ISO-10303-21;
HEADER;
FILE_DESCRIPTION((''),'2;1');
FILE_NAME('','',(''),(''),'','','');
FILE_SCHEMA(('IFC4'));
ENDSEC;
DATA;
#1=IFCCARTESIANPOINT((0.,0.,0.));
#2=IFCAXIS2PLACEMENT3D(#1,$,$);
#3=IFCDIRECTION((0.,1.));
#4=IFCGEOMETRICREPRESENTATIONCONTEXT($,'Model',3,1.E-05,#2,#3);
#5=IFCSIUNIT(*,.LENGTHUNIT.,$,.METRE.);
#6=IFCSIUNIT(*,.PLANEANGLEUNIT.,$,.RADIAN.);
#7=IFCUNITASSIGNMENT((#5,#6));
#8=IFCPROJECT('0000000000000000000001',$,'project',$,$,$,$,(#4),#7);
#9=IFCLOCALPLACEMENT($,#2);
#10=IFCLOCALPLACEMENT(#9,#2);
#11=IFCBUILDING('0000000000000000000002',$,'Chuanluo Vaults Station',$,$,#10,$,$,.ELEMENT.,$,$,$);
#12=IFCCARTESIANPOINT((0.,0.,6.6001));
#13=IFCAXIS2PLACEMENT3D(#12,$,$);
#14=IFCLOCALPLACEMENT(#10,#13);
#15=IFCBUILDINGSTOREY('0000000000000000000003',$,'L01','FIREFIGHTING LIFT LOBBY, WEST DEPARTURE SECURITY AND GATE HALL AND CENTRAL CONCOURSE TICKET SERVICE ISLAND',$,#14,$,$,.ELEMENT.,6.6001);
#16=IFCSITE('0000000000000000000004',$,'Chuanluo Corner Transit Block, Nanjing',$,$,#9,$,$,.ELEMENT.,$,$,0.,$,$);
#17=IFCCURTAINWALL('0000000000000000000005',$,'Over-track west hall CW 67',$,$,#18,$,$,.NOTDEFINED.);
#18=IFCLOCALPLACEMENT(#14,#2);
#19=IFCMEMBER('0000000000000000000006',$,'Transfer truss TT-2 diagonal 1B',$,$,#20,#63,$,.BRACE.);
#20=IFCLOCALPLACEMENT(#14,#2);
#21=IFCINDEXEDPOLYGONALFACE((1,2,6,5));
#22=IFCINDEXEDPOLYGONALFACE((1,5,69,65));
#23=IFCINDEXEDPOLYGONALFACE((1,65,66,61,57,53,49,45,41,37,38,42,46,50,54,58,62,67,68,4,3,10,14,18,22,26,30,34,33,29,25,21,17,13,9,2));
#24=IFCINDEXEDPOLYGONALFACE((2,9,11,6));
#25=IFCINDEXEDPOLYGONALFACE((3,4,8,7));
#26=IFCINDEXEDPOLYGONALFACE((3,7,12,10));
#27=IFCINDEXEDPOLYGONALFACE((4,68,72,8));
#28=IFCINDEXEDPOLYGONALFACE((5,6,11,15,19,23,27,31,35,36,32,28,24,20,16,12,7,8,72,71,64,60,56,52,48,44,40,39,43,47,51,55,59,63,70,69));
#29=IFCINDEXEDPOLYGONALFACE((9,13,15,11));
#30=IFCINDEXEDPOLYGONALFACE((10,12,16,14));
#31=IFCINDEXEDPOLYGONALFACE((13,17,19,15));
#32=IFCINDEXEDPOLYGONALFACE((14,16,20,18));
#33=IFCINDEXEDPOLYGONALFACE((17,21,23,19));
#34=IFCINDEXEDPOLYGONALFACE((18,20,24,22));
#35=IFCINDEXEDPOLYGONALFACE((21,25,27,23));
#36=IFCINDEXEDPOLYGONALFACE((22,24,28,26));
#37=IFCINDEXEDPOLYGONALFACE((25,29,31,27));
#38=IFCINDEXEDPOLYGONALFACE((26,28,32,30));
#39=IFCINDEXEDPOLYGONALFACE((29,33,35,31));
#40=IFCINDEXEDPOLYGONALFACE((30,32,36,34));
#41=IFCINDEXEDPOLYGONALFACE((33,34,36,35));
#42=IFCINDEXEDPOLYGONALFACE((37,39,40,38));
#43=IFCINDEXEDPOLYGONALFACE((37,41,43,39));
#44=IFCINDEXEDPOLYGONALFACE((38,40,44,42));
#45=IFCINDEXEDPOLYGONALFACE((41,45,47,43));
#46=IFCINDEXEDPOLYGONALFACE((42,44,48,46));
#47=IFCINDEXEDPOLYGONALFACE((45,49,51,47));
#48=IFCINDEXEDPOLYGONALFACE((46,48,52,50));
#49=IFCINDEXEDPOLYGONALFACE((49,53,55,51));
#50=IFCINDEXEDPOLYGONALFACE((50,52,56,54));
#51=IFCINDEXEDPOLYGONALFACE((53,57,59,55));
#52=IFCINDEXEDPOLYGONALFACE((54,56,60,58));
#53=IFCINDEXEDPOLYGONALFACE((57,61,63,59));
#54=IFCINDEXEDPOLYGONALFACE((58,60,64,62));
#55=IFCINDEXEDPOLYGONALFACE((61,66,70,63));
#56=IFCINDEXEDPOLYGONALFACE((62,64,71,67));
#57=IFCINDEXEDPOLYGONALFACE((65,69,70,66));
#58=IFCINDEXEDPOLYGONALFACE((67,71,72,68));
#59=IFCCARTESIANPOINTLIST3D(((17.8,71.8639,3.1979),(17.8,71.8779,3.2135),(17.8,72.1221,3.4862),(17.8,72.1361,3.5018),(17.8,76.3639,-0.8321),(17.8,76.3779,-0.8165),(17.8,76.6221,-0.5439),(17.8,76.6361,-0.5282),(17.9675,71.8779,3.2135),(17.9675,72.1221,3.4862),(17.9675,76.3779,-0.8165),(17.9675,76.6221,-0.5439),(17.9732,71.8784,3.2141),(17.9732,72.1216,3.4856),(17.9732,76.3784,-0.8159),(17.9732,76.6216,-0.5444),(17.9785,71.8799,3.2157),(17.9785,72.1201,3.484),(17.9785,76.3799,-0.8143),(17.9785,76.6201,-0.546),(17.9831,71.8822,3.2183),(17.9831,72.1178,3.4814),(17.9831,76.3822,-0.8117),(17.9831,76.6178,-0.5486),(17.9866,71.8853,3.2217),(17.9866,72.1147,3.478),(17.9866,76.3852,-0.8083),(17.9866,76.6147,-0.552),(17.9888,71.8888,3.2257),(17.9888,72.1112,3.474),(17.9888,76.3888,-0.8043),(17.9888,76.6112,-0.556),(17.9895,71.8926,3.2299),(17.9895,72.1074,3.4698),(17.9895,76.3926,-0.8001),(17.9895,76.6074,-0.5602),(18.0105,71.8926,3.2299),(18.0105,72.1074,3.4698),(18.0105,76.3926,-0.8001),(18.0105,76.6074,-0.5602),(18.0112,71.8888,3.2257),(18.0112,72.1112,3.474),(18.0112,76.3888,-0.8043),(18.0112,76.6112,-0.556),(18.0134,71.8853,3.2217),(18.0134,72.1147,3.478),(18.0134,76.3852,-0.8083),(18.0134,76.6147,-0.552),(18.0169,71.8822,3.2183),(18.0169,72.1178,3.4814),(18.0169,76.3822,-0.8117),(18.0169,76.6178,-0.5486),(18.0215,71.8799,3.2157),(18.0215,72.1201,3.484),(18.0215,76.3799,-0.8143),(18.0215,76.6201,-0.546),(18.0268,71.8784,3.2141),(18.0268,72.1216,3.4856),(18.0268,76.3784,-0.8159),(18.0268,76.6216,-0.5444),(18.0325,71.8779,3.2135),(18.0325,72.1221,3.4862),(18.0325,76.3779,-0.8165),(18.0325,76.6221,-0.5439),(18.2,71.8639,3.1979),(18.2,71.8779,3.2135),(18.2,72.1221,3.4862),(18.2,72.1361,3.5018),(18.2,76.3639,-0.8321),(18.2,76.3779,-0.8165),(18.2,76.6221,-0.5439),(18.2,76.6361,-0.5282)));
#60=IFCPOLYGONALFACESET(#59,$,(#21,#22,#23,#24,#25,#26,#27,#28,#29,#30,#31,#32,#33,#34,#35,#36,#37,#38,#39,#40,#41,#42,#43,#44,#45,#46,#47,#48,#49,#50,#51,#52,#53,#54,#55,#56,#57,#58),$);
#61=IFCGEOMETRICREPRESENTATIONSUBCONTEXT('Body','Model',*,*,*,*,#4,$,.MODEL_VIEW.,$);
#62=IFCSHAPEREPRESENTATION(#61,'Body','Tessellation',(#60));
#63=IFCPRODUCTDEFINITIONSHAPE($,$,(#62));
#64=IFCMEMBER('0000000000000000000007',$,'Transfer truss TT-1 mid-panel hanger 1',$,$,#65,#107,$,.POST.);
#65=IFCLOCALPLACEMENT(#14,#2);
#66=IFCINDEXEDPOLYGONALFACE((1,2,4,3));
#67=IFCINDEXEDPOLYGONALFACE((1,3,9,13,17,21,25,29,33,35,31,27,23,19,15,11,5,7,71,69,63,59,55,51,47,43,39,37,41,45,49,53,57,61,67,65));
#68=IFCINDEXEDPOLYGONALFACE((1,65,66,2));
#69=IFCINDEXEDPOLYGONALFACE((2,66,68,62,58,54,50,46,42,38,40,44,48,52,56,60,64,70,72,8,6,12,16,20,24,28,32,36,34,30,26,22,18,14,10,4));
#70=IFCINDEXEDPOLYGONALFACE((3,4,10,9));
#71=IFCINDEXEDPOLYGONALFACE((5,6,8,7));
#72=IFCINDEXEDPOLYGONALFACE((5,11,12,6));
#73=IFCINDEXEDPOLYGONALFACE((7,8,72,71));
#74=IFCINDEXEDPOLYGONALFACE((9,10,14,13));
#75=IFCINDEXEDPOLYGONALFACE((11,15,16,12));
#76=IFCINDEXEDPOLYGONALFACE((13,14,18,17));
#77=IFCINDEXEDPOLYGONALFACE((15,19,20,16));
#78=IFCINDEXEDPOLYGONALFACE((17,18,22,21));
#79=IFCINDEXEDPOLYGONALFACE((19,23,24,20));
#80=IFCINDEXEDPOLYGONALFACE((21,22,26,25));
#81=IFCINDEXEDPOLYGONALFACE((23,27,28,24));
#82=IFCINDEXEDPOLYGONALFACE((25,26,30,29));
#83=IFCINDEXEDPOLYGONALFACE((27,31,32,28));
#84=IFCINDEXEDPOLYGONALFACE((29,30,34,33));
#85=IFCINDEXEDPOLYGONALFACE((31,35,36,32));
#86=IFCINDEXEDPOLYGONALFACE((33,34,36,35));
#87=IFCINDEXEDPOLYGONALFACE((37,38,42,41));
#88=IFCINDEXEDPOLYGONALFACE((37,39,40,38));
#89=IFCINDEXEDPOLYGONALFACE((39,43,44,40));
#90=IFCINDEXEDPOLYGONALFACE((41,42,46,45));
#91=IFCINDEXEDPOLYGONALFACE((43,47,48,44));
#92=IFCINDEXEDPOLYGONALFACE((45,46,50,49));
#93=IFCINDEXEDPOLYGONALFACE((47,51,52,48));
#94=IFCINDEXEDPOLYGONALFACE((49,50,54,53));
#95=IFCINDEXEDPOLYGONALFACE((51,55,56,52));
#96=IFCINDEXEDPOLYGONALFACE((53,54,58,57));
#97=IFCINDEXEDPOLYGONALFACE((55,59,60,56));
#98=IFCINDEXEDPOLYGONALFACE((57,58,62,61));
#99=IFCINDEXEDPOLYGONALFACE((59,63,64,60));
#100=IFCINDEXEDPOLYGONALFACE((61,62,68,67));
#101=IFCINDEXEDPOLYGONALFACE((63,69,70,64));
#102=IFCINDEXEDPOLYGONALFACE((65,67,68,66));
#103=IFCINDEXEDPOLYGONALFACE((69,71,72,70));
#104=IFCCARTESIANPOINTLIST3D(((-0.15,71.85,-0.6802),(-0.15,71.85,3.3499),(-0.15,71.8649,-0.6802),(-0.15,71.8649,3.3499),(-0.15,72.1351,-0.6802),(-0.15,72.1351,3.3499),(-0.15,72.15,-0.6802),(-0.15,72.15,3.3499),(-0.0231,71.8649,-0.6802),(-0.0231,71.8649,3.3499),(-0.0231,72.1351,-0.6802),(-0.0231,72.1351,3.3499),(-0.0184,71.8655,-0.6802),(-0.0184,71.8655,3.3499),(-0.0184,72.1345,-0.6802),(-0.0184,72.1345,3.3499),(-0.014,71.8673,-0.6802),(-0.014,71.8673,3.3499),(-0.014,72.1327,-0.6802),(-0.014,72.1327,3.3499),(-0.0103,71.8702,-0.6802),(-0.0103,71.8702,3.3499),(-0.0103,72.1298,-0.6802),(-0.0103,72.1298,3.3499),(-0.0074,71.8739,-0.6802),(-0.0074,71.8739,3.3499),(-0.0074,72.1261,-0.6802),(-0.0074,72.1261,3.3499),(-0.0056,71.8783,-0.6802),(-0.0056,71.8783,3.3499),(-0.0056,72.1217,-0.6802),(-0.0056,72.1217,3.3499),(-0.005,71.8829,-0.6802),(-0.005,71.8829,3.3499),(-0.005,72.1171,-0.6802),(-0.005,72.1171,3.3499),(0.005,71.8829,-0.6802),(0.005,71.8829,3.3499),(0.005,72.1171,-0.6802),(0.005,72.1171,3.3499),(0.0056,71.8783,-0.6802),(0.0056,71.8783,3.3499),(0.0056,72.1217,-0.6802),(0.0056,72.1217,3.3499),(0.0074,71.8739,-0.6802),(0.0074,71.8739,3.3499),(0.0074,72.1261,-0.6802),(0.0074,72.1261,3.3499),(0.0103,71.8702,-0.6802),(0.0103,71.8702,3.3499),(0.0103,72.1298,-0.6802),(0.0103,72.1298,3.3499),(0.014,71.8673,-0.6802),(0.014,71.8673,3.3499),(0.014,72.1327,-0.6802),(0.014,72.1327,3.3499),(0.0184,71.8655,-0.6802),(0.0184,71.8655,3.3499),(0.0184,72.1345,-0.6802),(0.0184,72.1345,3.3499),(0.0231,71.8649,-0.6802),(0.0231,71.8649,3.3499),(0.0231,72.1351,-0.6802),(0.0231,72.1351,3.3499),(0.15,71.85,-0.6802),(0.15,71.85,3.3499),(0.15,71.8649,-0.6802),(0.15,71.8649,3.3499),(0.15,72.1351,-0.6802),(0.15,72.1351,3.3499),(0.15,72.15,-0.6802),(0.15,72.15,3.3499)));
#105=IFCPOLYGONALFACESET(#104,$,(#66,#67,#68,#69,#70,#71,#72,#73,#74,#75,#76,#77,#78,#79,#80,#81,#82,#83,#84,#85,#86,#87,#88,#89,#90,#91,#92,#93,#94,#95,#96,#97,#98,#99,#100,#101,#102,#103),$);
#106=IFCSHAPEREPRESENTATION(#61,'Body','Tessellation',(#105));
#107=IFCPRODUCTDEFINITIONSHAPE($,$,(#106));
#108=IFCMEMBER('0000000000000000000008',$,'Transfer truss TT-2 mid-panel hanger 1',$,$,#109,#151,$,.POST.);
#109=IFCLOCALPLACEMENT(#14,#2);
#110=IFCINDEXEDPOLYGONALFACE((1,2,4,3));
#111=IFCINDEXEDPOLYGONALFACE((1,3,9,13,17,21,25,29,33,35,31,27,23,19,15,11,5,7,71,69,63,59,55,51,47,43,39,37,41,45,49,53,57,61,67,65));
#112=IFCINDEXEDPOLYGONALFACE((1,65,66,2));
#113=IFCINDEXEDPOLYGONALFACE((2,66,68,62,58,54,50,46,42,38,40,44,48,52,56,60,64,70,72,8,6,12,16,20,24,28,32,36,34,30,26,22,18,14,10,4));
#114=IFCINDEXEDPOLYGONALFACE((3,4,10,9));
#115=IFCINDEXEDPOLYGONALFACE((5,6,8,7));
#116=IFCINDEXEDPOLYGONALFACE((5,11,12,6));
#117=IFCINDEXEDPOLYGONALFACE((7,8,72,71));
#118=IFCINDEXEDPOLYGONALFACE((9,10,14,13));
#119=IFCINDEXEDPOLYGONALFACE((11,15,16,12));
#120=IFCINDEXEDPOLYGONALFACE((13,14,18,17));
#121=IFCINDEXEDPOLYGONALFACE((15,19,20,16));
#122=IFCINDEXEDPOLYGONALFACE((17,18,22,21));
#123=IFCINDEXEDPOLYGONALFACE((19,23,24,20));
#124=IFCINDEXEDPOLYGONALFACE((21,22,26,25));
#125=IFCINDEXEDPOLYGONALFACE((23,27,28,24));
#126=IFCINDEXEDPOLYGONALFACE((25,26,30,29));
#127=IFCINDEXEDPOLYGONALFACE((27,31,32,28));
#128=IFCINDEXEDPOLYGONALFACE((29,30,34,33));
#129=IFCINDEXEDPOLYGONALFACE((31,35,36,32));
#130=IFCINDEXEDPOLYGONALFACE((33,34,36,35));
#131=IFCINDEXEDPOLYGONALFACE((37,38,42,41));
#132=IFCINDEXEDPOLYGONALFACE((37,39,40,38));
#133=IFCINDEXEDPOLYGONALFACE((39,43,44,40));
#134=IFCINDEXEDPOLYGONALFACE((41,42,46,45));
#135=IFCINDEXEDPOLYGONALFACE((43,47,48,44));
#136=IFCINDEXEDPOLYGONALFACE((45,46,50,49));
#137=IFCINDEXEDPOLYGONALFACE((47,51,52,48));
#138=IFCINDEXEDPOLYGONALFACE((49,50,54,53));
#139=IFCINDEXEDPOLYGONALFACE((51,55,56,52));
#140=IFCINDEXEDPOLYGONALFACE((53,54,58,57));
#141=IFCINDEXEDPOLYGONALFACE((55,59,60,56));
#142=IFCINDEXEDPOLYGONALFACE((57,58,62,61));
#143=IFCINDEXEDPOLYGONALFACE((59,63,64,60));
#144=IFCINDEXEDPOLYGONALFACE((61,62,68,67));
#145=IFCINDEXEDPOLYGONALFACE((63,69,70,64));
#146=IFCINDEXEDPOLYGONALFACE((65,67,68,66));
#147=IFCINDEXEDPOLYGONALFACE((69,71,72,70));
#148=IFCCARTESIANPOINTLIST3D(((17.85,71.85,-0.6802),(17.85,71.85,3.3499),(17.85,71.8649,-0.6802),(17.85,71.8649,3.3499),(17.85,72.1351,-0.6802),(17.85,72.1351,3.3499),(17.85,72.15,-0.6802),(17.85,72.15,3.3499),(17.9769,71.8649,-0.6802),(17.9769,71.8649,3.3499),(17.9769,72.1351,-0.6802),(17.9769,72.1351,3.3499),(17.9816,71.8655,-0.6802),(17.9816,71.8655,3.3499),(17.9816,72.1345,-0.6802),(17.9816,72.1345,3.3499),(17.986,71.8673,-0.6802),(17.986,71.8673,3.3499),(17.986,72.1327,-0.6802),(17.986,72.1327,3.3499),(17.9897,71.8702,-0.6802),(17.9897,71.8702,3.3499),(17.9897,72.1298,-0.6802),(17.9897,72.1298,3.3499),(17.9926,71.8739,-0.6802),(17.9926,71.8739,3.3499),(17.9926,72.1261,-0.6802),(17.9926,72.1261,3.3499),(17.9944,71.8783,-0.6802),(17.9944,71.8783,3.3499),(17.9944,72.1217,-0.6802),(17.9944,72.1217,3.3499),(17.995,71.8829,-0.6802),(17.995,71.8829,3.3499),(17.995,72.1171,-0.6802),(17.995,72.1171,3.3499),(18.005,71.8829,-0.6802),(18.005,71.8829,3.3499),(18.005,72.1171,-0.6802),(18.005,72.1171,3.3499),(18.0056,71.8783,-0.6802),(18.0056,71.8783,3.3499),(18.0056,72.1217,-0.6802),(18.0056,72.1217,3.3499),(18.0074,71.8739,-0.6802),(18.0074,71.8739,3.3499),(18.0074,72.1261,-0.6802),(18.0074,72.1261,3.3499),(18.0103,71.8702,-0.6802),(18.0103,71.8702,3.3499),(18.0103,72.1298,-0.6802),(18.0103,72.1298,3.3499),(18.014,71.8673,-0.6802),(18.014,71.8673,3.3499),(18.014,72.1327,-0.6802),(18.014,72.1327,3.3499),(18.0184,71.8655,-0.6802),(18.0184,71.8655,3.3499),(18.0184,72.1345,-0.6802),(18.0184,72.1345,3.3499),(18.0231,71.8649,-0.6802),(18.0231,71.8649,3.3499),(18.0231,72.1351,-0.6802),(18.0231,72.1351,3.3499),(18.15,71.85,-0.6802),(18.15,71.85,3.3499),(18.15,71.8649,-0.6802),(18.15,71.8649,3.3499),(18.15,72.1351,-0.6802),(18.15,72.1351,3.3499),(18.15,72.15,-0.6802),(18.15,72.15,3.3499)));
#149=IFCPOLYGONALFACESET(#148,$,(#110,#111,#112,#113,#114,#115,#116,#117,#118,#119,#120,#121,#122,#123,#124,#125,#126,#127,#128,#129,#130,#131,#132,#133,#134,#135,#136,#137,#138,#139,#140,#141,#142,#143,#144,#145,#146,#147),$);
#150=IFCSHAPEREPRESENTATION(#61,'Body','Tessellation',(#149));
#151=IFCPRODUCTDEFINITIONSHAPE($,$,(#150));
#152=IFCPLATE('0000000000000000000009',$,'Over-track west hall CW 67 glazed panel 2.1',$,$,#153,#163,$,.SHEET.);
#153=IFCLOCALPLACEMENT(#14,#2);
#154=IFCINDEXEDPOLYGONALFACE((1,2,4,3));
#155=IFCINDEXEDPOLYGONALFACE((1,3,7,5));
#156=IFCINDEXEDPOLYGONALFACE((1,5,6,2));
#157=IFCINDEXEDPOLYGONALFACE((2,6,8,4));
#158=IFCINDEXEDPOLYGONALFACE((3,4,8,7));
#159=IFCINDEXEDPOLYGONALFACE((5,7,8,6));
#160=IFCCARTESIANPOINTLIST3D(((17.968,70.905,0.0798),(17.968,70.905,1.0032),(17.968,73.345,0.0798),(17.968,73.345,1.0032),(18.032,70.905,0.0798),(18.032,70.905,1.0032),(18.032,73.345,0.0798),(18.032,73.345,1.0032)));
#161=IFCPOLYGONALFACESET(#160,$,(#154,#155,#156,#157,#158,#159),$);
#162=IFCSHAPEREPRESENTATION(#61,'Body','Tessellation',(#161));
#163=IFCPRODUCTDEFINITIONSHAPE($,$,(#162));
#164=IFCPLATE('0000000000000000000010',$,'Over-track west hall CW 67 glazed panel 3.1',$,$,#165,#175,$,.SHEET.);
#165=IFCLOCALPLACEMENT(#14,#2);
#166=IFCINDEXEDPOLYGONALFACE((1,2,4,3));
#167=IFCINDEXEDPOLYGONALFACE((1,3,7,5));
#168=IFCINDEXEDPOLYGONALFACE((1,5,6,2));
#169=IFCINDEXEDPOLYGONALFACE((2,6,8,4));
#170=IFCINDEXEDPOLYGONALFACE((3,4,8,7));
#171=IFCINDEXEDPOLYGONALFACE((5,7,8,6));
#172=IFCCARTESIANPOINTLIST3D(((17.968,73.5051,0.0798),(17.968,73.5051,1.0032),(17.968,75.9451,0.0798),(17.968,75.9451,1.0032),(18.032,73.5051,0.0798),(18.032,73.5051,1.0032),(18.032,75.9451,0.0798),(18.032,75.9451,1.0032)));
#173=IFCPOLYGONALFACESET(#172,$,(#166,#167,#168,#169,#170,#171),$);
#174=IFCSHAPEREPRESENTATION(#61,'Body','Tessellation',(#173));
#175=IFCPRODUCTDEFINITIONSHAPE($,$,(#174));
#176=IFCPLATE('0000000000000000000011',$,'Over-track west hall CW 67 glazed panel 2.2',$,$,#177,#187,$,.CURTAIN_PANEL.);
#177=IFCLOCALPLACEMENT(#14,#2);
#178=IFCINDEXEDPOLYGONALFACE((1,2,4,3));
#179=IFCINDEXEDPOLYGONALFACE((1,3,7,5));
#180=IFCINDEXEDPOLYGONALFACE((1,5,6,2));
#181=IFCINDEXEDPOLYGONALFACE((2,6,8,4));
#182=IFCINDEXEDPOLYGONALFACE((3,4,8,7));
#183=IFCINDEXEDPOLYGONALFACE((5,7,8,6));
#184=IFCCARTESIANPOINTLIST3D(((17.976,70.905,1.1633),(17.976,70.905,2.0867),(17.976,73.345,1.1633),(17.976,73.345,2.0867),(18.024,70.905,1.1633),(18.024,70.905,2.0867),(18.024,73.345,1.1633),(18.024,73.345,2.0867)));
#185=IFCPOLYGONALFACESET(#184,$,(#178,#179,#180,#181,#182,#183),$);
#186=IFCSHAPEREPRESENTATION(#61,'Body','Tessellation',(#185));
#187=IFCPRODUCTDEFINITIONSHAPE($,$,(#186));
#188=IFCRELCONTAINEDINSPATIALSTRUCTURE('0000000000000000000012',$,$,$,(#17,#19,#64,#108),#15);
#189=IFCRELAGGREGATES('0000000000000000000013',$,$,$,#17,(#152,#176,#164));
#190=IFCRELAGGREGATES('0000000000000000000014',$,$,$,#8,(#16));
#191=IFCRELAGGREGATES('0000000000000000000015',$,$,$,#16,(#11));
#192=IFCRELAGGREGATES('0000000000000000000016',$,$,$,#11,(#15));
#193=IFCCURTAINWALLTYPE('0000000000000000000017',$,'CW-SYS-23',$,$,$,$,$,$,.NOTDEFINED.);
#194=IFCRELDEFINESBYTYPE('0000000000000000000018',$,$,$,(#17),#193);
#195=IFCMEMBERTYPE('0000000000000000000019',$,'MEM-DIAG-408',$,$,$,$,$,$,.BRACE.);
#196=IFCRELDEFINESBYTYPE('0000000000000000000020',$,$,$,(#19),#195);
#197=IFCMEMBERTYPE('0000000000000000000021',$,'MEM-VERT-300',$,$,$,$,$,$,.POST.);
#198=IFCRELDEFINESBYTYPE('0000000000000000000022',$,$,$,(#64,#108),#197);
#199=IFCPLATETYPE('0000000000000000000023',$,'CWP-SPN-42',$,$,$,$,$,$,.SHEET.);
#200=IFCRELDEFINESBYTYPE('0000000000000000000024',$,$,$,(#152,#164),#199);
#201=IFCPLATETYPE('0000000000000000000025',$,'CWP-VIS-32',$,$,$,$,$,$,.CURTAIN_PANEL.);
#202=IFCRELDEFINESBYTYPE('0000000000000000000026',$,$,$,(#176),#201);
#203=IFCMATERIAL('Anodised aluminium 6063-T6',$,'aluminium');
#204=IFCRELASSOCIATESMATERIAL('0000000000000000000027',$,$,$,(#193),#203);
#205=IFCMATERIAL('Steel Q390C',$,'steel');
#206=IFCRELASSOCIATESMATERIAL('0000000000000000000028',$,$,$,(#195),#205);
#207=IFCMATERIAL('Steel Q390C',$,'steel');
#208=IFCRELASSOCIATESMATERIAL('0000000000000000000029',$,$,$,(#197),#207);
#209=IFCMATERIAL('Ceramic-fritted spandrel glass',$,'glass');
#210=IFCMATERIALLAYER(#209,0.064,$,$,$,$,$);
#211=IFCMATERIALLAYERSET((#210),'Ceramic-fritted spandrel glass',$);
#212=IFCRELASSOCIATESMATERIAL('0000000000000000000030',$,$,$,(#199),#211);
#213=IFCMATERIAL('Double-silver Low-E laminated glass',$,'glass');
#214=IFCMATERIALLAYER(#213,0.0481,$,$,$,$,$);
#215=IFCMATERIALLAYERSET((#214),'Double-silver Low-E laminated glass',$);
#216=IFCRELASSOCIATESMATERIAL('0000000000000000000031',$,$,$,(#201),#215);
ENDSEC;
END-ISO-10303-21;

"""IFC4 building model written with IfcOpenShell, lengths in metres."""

from ifc_helpers import new_model, si_unit, direction, frame, origin, origin_2d, place, context, subcontext, project, spatial, rectangle, i_section, extrude, material, layer, layer_set, material_profile, profile_set, type_object, element, aggregate, save


model = new_model("IFC4")

# Units and contexts
model_context = context("Model", 3, precision=1e-05, world=origin(), true_north=direction((0.0, 1.0)))
body_context = subcontext(model_context, "Body", "Model", "MODEL_VIEW")
ifc_project = project(units=[si_unit("LENGTHUNIT", "METRE"), si_unit("PLANEANGLEUNIT", "RADIAN")], contexts=[model_context])

# Site, building, storey
site_placement = place(None, origin())
site = spatial("IfcSite", under=ifc_project, at=site_placement, Name="Chuanluo Corner Transit Block, Nanjing", CompositionType="ELEMENT", RefElevation=0.0)
building_placement = place(site_placement, origin())
building = spatial("IfcBuilding", under=site, at=building_placement, Name="Chuanluo Vaults Station", CompositionType="ELEMENT")
storey_placement = place(building_placement, frame((0.0, 0.0, 6.6001)))
storey = spatial("IfcBuildingStorey", under=building, at=storey_placement, Name="L01", Description="FIREFIGHTING LIFT LOBBY, WEST DEPARTURE SECURITY AND GATE HALL AND CENTRAL CONCOURSE TICKET SERVICE ISLAND", CompositionType="ELEMENT", Elevation=6.6001)

# Curtain wall
ifc_material_1 = material(Name="Anodised aluminium 6063-T6", Category="aluminium")
curtain_wall_type = type_object("IfcCurtainWallType", Name="CW-SYS-23", PredefinedType="NOTDEFINED", material=ifc_material_1)
curtain_wall_placement = place(storey_placement, origin())
curtain_wall = element("IfcCurtainWall", 1, at=curtain_wall_placement, inside=storey, type_object=curtain_wall_type, Name="Over-track west hall CW 67", PredefinedType="NOTDEFINED")

# Members
ifc_material_2 = material(Name="Steel Q390C", Category="steel")
ifc_material_profile_1 = material_profile(ifc_material_2, i_section(OverallWidth=0.3999, OverallDepth=0.408, WebThickness=0.021, FlangeThickness=0.021, FilletRadius=0.022, at=origin_2d()))
ifc_profile_set_1 = profile_set([ifc_material_profile_1], Name="Steel Q390C")
member_type_1 = type_object("IfcMemberType", Name="MEM-DIAG-408", PredefinedType="BRACE", material=ifc_profile_set_1)
for number, where, z_axis, x_axis, name in (
    (2, (18.0, 72.0, 3.3499), (0.0, 0.744936, -0.667136), (-1.0, 0.0, 0.0), "Transfer truss TT-2 diagonal 1B"),
):
    element("IfcMember", number, at=place(storey_placement, frame(where, z_axis=z_axis, x_axis=x_axis)), inside=storey, type_object=member_type_1, Name=name, PredefinedType="BRACE", context=body_context, shape_type="SweptSolid", body=[
        extrude(i_section(OverallWidth=0.3999, OverallDepth=0.408, WebThickness=0.021, FlangeThickness=0.021, FilletRadius=0.022, at=origin_2d()), origin(), (0.0, 0.0, 1.0), 6.0408),
    ])
ifc_material_3 = material(Name="Steel Q390C", Category="steel")
ifc_material_profile_2 = material_profile(ifc_material_3, i_section(OverallWidth=0.3, OverallDepth=0.3, WebThickness=0.01, FlangeThickness=0.0149, FilletRadius=0.0181, at=origin_2d()))
ifc_profile_set_2 = profile_set([ifc_material_profile_2], Name="Steel Q390C")
member_type_2 = type_object("IfcMemberType", Name="MEM-VERT-300", PredefinedType="POST", material=ifc_profile_set_2)
for number, where, z_axis, x_axis, name in (
    (3, (0.0, 72.0, -0.6802), (0.0, 0.0, 1.0), (1.0, 0.0, 0.0), "Transfer truss TT-1 mid-panel hanger 1"),
    (4, (18.0, 72.0, -0.6802), (0.0, 0.0, 1.0), (1.0, 0.0, 0.0), "Transfer truss TT-2 mid-panel hanger 1"),
):
    element("IfcMember", number, at=place(storey_placement, frame(where, z_axis=z_axis, x_axis=x_axis)), inside=storey, type_object=member_type_2, Name=name, PredefinedType="POST", context=body_context, shape_type="SweptSolid", body=[
        extrude(i_section(OverallWidth=0.3, OverallDepth=0.3, WebThickness=0.01, FlangeThickness=0.0149, FilletRadius=0.0181, at=origin_2d()), origin(), (0.0, 0.0, 1.0), 4.03),
    ])

# Plates
ifc_material_4 = material(Name="Ceramic-fritted spandrel glass", Category="glass")
ifc_layer_1 = layer(ifc_material_4, 0.064)
ifc_layer_set_1 = layer_set([ifc_layer_1], Name="Ceramic-fritted spandrel glass")
plate_type_1 = type_object("IfcPlateType", Name="CWP-SPN-42", PredefinedType="SHEET", material=ifc_layer_set_1)
plate_1_placement = place(storey_placement, frame((18.0, 72.125, 0.0798), z_axis=(0.0, 0.0, 1.0), x_axis=(0.0, 1.0, 0.0)))
plate_1 = element("IfcPlate", 5, at=plate_1_placement, type_object=plate_type_1, Name="Over-track west hall CW 67 glazed panel 2.1", PredefinedType="SHEET", context=body_context, shape_type="SweptSolid", body=[
    extrude(rectangle(XDim=2.4399, YDim=0.064, at=origin_2d()), origin(), (0.0, 0.0, 1.0), 0.9233),
])
plate_2_placement = place(storey_placement, frame((18.0, 74.7251, 0.0798), z_axis=(0.0, 0.0, 1.0), x_axis=(0.0, 1.0, 0.0)))
plate_2 = element("IfcPlate", 6, at=plate_2_placement, type_object=plate_type_1, Name="Over-track west hall CW 67 glazed panel 3.1", PredefinedType="SHEET", context=body_context, shape_type="SweptSolid", body=[
    extrude(rectangle(XDim=2.4399, YDim=0.064, at=origin_2d()), origin(), (0.0, 0.0, 1.0), 0.9233),
])
ifc_material_5 = material(Name="Double-silver Low-E laminated glass", Category="glass")
ifc_layer_2 = layer(ifc_material_5, 0.0481)
ifc_layer_set_2 = layer_set([ifc_layer_2], Name="Double-silver Low-E laminated glass")
plate_type_2 = type_object("IfcPlateType", Name="CWP-VIS-32", PredefinedType="CURTAIN_PANEL", material=ifc_layer_set_2)
plate_3_placement = place(storey_placement, frame((18.0, 72.125, 1.1633), z_axis=(0.0, 0.0, 1.0), x_axis=(0.0, 1.0, 0.0)))
plate_3 = element("IfcPlate", 7, at=plate_3_placement, type_object=plate_type_2, Name="Over-track west hall CW 67 glazed panel 2.2", PredefinedType="CURTAIN_PANEL", context=body_context, shape_type="SweptSolid", body=[
    extrude(rectangle(XDim=2.4399, YDim=0.0481, at=origin_2d()), origin(), (0.0, 0.0, 1.0), 0.9233),
])
aggregate(curtain_wall, [plate_1, plate_3, plate_2])

save(model, "model.ifc")
